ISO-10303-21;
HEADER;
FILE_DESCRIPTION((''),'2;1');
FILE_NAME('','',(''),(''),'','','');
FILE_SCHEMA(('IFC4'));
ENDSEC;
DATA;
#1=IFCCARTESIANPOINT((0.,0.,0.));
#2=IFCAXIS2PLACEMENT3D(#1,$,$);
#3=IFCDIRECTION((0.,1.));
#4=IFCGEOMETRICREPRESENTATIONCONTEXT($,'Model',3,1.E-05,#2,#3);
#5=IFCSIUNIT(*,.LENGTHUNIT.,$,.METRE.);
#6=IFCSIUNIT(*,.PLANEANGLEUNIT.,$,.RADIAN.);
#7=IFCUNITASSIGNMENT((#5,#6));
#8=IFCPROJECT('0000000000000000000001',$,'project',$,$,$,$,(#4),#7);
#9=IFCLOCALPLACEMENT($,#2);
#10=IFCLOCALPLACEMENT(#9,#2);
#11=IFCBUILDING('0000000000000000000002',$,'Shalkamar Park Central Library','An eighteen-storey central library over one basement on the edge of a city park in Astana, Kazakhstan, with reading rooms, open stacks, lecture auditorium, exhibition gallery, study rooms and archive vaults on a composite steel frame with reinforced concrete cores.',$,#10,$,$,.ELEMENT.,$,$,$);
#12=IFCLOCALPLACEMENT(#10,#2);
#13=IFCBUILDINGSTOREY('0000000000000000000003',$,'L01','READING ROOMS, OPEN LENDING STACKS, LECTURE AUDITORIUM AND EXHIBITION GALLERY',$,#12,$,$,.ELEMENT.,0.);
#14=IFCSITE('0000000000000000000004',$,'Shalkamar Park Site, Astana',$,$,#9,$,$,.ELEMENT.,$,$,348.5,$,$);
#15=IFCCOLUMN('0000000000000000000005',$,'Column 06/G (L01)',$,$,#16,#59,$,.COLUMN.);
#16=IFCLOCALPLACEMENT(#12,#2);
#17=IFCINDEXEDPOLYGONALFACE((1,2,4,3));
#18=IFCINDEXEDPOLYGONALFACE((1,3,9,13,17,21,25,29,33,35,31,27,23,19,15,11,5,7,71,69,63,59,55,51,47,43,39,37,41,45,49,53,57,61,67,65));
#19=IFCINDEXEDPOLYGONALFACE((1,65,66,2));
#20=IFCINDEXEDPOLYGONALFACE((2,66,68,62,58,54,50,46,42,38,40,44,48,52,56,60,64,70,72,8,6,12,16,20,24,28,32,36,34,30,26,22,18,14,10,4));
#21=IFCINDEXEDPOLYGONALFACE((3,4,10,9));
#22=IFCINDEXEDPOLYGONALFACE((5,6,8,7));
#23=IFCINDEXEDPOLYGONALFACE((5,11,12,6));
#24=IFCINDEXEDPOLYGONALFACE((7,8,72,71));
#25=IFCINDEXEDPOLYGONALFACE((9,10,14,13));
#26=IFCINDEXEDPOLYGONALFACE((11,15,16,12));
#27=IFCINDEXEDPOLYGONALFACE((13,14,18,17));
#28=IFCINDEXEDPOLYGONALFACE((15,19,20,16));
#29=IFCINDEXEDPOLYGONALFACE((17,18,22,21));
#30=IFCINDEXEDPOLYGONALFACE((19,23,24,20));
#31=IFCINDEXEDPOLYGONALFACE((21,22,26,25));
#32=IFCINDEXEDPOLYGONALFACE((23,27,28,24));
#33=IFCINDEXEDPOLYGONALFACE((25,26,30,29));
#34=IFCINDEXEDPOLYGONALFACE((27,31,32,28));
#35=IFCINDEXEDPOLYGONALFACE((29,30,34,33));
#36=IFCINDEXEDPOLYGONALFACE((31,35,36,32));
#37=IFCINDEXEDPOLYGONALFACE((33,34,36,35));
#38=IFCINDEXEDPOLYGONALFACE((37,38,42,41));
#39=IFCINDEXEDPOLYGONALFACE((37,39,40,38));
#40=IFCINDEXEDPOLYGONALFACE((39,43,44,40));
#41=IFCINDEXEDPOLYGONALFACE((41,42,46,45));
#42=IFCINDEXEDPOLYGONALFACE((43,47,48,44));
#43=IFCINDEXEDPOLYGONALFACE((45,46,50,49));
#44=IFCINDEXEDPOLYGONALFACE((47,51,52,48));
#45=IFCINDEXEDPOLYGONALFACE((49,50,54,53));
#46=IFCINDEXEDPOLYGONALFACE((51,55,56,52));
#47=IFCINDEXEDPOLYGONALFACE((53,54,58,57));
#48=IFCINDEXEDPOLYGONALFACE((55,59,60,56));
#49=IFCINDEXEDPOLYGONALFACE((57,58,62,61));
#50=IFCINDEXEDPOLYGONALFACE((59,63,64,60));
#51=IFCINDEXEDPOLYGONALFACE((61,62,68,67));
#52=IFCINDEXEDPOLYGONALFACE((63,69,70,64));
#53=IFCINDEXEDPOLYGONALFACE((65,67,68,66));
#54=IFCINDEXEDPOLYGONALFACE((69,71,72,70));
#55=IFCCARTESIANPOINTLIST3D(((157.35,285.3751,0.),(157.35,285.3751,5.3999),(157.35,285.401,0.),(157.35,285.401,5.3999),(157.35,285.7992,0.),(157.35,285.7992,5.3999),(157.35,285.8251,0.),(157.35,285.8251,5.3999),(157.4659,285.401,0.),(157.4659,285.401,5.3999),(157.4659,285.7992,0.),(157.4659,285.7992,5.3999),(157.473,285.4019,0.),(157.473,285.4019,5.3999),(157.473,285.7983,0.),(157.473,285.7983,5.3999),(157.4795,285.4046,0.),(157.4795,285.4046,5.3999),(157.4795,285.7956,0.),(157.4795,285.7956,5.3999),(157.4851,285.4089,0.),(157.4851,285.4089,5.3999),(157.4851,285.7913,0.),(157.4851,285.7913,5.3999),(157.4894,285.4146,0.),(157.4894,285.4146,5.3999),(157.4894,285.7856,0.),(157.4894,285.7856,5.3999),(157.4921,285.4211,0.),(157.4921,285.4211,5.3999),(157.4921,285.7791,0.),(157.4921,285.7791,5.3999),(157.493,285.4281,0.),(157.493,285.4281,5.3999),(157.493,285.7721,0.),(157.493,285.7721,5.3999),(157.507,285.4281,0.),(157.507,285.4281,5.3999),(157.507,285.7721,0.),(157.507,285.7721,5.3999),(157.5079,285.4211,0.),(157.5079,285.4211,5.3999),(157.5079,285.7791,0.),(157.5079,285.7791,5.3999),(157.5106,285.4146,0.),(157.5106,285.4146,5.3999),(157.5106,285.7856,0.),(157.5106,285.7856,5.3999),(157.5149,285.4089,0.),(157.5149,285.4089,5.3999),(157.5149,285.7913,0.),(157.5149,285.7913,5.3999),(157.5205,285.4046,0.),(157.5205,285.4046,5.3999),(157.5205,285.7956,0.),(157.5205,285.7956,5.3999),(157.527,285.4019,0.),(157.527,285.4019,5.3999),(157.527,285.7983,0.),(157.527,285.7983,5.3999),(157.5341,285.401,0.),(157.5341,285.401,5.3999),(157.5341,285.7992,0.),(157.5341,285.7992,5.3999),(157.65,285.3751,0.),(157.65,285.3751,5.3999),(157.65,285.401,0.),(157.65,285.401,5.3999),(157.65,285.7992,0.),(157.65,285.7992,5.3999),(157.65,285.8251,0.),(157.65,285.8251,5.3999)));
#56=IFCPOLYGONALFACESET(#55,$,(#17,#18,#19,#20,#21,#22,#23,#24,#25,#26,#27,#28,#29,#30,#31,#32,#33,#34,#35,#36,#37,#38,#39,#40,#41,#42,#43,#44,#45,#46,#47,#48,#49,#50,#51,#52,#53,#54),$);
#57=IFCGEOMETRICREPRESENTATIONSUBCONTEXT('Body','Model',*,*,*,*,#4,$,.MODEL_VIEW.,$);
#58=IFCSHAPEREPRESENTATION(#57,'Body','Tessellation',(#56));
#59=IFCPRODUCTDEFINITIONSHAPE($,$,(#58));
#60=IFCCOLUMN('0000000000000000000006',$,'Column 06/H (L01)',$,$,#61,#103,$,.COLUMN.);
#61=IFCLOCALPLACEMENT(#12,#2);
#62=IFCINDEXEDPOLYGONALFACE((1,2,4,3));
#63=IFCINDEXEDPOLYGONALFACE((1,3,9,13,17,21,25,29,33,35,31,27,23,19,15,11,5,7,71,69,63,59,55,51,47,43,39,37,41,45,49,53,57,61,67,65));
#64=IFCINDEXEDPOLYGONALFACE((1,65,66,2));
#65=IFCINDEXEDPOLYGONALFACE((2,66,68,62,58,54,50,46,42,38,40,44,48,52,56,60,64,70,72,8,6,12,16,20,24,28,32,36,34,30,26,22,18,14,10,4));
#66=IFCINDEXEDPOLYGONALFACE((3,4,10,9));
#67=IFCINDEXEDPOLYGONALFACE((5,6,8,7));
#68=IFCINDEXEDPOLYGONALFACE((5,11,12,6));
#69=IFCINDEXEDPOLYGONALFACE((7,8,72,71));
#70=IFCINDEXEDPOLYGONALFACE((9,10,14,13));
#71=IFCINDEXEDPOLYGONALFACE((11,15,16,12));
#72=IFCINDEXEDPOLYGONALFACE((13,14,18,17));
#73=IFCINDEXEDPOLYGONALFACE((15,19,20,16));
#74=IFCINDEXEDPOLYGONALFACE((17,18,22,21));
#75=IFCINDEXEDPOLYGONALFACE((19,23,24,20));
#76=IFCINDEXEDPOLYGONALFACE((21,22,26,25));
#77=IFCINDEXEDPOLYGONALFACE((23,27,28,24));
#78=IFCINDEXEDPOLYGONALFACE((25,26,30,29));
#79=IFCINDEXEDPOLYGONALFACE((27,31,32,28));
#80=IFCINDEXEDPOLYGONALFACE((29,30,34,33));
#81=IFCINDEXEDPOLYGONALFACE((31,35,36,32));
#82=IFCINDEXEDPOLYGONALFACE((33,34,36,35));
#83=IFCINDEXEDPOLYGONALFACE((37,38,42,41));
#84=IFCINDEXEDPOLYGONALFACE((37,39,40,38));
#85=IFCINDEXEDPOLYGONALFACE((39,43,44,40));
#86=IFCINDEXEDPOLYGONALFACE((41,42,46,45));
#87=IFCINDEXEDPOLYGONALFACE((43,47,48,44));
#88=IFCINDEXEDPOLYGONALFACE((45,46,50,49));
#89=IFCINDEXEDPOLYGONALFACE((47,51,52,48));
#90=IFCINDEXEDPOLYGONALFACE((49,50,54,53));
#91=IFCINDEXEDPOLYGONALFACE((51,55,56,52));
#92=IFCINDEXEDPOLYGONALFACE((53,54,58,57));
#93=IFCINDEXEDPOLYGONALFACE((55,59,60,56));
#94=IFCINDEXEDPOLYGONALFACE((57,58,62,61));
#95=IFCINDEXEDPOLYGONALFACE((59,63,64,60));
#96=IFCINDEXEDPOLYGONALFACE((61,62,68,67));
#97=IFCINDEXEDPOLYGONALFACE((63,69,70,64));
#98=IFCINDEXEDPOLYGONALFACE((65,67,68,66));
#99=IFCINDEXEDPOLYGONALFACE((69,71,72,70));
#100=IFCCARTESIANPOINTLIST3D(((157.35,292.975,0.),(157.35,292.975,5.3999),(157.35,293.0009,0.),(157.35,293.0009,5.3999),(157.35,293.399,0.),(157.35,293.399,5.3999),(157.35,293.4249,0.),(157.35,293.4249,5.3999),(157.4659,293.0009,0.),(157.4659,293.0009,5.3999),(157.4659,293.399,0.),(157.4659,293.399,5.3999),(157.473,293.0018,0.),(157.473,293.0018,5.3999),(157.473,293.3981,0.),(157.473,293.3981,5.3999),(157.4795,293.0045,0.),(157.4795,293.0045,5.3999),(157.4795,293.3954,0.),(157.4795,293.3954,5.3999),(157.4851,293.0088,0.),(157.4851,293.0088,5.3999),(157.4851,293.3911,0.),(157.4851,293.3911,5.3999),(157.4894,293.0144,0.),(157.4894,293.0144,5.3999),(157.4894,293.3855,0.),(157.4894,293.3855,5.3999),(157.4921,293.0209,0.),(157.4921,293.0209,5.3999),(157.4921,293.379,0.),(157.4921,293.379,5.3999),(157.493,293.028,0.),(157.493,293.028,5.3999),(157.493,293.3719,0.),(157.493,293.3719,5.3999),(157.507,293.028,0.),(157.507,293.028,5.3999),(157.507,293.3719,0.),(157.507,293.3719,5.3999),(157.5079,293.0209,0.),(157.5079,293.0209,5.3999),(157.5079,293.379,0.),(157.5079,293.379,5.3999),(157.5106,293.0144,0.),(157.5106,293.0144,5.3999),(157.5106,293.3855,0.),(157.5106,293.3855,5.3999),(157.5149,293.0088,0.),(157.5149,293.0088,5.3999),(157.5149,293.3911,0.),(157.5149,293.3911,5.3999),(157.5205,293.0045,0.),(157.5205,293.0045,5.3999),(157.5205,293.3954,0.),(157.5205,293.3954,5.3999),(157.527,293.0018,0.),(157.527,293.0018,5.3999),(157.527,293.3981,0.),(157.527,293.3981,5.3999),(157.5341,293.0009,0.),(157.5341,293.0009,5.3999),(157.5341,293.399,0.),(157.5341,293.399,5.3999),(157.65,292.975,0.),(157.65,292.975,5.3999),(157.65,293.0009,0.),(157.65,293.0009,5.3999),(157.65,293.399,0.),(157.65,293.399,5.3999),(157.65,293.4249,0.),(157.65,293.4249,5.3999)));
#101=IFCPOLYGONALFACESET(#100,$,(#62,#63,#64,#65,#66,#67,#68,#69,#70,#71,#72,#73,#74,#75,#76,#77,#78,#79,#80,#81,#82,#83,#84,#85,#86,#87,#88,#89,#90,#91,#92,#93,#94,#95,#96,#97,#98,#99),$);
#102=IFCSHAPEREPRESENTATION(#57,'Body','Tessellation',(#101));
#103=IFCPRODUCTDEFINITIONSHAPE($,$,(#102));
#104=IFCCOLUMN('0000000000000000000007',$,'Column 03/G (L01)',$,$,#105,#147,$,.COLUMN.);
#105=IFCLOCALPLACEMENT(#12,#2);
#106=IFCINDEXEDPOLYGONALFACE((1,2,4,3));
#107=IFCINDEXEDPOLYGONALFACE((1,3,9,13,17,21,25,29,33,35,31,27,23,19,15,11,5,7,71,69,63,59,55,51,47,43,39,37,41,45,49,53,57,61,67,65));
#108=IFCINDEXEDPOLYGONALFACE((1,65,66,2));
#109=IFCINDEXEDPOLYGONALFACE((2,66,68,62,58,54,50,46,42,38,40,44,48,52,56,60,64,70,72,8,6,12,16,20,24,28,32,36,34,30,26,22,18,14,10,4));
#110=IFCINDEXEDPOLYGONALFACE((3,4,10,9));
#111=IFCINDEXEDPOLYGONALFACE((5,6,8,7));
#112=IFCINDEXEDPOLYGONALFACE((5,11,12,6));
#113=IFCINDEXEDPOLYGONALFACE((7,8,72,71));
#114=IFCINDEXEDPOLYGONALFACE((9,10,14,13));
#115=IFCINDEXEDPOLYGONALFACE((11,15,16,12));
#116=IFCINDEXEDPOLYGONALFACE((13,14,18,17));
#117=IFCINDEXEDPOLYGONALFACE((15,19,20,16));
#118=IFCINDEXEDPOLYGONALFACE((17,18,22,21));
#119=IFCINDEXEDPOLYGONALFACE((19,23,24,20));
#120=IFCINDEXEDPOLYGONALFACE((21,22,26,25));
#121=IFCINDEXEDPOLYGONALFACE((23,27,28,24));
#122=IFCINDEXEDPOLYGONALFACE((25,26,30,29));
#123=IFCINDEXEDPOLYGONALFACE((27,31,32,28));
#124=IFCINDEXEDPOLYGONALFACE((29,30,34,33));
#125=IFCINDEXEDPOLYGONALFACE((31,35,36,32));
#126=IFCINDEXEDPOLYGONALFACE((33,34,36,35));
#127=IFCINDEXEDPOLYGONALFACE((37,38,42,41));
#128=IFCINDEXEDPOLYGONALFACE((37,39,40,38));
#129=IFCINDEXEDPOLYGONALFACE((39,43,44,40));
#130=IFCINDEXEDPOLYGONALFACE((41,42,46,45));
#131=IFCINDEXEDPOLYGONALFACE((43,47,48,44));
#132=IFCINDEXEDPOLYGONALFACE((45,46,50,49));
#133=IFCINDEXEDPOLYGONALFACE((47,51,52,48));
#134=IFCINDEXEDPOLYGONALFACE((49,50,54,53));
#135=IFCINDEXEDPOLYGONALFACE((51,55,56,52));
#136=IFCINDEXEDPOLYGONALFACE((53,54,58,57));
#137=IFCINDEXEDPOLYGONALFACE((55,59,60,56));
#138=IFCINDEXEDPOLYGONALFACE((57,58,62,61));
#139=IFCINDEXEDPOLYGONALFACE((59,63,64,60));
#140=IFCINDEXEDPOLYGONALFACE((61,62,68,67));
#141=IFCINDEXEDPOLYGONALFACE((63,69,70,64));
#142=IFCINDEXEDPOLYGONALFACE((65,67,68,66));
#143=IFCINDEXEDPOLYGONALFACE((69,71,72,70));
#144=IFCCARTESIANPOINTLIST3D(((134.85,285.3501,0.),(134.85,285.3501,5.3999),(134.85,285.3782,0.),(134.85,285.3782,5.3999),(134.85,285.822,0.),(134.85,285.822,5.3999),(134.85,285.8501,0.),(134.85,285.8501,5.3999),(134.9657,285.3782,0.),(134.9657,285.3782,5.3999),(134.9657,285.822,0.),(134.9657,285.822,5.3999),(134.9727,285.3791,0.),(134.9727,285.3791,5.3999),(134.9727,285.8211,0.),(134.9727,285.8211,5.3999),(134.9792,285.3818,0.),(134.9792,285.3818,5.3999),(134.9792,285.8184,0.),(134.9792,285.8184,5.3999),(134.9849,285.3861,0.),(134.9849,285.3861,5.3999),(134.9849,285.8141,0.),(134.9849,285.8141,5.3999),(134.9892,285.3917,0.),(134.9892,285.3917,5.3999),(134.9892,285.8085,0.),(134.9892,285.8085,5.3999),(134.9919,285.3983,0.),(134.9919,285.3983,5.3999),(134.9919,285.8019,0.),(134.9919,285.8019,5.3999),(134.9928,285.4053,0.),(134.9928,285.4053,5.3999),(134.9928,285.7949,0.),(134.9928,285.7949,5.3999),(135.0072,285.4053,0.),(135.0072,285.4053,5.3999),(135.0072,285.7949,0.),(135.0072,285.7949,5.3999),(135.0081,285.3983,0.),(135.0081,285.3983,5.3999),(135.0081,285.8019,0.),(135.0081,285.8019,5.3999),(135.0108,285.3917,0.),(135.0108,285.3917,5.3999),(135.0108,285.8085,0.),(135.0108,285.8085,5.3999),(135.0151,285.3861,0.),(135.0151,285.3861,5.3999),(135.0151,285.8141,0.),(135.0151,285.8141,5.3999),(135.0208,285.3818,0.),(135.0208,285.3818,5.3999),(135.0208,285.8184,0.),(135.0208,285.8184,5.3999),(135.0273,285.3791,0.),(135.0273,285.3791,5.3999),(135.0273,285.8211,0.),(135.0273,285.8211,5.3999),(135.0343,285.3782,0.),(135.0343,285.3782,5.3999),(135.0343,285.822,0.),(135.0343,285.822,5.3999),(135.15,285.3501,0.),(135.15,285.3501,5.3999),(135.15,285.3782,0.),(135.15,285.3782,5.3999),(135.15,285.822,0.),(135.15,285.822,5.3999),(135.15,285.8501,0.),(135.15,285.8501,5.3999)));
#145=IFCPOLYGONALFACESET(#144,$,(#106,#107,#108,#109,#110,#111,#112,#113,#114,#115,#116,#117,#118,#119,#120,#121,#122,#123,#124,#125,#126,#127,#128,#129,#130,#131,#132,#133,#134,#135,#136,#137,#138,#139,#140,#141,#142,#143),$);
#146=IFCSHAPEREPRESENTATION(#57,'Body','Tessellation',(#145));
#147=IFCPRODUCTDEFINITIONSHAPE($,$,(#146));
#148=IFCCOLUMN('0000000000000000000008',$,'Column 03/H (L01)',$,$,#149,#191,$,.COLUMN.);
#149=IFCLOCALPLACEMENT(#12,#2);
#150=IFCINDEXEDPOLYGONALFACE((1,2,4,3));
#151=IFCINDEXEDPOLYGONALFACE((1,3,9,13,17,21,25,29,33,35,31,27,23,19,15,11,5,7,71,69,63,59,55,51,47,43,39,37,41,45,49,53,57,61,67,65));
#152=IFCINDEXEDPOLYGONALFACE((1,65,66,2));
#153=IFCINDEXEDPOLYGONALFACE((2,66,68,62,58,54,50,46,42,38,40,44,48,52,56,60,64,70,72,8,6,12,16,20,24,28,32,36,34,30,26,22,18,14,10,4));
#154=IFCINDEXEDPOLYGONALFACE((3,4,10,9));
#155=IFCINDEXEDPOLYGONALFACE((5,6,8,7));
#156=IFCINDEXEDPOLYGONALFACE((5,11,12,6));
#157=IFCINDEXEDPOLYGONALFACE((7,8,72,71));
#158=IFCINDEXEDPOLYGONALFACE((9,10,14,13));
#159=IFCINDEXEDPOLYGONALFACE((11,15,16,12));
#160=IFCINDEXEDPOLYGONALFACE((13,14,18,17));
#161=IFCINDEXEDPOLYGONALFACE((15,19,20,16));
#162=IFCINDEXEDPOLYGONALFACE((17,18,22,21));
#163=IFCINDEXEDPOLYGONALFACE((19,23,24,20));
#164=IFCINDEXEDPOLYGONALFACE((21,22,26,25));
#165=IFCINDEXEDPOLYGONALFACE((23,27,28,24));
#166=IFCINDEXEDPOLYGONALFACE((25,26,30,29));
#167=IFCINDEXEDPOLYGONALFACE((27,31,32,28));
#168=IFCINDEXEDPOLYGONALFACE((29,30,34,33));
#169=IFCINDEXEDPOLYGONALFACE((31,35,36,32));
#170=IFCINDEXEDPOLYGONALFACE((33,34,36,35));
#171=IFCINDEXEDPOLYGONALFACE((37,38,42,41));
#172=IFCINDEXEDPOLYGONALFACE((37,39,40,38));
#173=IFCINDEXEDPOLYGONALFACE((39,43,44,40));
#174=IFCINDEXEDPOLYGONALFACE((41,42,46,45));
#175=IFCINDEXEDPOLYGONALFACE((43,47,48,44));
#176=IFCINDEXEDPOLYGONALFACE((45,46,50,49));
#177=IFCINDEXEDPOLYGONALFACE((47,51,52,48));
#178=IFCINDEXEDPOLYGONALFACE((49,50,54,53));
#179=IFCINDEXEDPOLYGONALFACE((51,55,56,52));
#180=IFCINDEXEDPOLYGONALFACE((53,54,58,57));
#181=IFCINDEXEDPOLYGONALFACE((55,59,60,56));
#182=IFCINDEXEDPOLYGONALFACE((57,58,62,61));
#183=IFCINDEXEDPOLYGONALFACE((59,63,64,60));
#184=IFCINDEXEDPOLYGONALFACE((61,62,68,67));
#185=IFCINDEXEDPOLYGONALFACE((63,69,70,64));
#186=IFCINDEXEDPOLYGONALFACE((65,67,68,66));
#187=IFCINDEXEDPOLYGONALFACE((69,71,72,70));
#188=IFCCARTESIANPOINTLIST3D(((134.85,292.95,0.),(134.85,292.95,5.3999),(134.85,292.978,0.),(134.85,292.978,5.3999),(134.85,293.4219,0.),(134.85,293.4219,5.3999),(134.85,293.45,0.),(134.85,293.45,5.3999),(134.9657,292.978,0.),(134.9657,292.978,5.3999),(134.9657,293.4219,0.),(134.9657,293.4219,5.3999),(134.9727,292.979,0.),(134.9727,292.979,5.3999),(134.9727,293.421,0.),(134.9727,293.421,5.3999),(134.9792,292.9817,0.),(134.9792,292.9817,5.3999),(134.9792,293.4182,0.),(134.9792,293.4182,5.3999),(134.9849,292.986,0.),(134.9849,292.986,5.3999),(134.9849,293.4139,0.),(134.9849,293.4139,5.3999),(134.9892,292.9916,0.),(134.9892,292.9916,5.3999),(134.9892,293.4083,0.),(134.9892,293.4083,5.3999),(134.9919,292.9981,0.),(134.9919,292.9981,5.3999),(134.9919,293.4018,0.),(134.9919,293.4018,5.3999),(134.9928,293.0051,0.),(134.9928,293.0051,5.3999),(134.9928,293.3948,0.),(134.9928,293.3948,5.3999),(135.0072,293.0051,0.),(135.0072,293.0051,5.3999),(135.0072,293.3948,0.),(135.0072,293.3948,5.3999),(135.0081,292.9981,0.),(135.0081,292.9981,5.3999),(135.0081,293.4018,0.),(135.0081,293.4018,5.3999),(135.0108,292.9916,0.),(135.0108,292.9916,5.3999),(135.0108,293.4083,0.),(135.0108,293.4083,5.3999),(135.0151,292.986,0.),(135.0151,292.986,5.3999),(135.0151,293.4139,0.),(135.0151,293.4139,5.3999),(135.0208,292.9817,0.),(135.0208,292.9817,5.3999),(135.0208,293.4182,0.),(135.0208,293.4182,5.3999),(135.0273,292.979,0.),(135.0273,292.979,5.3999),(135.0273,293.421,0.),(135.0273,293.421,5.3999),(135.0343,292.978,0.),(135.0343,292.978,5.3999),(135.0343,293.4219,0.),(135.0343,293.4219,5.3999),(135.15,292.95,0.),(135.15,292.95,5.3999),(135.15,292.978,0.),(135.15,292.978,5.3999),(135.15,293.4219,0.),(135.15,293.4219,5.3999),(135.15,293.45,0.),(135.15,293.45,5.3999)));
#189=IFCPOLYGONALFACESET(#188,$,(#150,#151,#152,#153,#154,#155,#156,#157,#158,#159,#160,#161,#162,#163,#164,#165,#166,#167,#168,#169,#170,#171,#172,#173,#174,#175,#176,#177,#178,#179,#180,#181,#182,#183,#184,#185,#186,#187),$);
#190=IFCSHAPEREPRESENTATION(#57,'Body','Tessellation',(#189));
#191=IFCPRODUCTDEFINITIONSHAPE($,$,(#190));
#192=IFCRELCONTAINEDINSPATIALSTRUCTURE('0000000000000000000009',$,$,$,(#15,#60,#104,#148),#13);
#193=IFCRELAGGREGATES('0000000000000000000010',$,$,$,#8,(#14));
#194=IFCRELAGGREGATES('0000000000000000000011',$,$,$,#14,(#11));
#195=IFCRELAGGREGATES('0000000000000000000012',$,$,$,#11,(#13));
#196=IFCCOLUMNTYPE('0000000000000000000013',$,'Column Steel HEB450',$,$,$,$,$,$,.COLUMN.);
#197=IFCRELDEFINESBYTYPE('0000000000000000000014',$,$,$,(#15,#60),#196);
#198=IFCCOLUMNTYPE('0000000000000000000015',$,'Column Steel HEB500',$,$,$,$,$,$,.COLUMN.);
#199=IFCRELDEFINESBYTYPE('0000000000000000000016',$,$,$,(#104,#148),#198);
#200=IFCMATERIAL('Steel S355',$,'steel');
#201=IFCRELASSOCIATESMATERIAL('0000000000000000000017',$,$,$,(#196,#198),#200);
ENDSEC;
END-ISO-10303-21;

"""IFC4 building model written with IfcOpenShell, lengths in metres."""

from ifc_helpers import new_model, si_unit, direction, frame, origin, origin_2d, place, context, subcontext, project, spatial, i_section, extrude, material, material_profile, profile_set, type_object, element, save


model = new_model("IFC4")

# Units and contexts
model_context = context("Model", 3, precision=1e-05, world=origin(), true_north=direction((0.0, 1.0)))
body_context = subcontext(model_context, "Body", "Model", "MODEL_VIEW")
ifc_project = project(units=[si_unit("LENGTHUNIT", "METRE"), si_unit("PLANEANGLEUNIT", "RADIAN")], contexts=[model_context])

# Site, building, storey
site_placement = place(None, origin())
site = spatial("IfcSite", under=ifc_project, at=site_placement, Name="Shalkamar Park Site, Astana", CompositionType="ELEMENT", RefElevation=348.5)
building_placement = place(site_placement, origin())
building = spatial("IfcBuilding", under=site, at=building_placement, Name="Shalkamar Park Central Library", Description="An eighteen-storey central library over one basement on the edge of a city park in Astana, Kazakhstan, with reading rooms, open stacks, lecture auditorium, exhibition gallery, study rooms and archive vaults on a composite steel frame with reinforced concrete cores.", CompositionType="ELEMENT")
storey_placement = place(building_placement, origin())
storey = spatial("IfcBuildingStorey", under=building, at=storey_placement, Name="L01", Description="READING ROOMS, OPEN LENDING STACKS, LECTURE AUDITORIUM AND EXHIBITION GALLERY", CompositionType="ELEMENT", Elevation=0.0)

# Columns
ifc_material = material(Name="Steel S355", Category="steel")
ifc_material_profile_1 = material_profile(ifc_material, i_section(OverallWidth=0.3, OverallDepth=0.45, WebThickness=0.0139, FlangeThickness=0.0259, FilletRadius=0.0271, at=origin_2d()), Name="HEB 450")
ifc_profile_set_1 = profile_set([ifc_material_profile_1], Name="Steel S355")
column_type_1 = type_object("IfcColumnType", Name="Column Steel HEB450", PredefinedType="COLUMN", material=ifc_profile_set_1)
for number, where, z_axis, x_axis, name in (
    (1, (157.5, 285.6001, 0.0), (0.0, 0.0, 1.0), (1.0, 0.0, 0.0), "Column 06/G (L01)"),
    (2, (157.5, 293.2, 0.0), (0.0, 0.0, 1.0), (1.0, 0.0, 0.0), "Column 06/H (L01)"),
):
    element("IfcColumn", number, at=place(storey_placement, frame(where, z_axis=z_axis, x_axis=x_axis)), inside=storey, type_object=column_type_1, Name=name, PredefinedType="COLUMN", context=body_context, shape_type="SweptSolid", body=[
        extrude(i_section(OverallWidth=0.3, OverallDepth=0.45, WebThickness=0.0139, FlangeThickness=0.0259, FilletRadius=0.0271, at=origin_2d()), origin(), (0.0, 0.0, 1.0), 5.3999),
    ])
ifc_material_profile_2 = material_profile(ifc_material, i_section(OverallWidth=0.3, OverallDepth=0.5, WebThickness=0.0144, FlangeThickness=0.0281, FilletRadius=0.0271, at=origin_2d()), Name="HEB 500")
ifc_profile_set_2 = profile_set([ifc_material_profile_2], Name="Steel S355")
column_type_2 = type_object("IfcColumnType", Name="Column Steel HEB500", PredefinedType="COLUMN", material=ifc_profile_set_2)
for number, where, z_axis, x_axis, name in (
    (3, (135.0, 285.6001, 0.0), (0.0, 0.0, 1.0), (1.0, 0.0, 0.0), "Column 03/G (L01)"),
    (4, (135.0, 293.2, 0.0), (0.0, 0.0, 1.0), (1.0, 0.0, 0.0), "Column 03/H (L01)"),
):
    element("IfcColumn", number, at=place(storey_placement, frame(where, z_axis=z_axis, x_axis=x_axis)), inside=storey, type_object=column_type_2, Name=name, PredefinedType="COLUMN", context=body_context, shape_type="SweptSolid", body=[
        extrude(i_section(OverallWidth=0.3, OverallDepth=0.5, WebThickness=0.0144, FlangeThickness=0.0281, FilletRadius=0.0271, at=origin_2d()), origin(), (0.0, 0.0, 1.0), 5.3999),
    ])

save(model, "model.ifc")
